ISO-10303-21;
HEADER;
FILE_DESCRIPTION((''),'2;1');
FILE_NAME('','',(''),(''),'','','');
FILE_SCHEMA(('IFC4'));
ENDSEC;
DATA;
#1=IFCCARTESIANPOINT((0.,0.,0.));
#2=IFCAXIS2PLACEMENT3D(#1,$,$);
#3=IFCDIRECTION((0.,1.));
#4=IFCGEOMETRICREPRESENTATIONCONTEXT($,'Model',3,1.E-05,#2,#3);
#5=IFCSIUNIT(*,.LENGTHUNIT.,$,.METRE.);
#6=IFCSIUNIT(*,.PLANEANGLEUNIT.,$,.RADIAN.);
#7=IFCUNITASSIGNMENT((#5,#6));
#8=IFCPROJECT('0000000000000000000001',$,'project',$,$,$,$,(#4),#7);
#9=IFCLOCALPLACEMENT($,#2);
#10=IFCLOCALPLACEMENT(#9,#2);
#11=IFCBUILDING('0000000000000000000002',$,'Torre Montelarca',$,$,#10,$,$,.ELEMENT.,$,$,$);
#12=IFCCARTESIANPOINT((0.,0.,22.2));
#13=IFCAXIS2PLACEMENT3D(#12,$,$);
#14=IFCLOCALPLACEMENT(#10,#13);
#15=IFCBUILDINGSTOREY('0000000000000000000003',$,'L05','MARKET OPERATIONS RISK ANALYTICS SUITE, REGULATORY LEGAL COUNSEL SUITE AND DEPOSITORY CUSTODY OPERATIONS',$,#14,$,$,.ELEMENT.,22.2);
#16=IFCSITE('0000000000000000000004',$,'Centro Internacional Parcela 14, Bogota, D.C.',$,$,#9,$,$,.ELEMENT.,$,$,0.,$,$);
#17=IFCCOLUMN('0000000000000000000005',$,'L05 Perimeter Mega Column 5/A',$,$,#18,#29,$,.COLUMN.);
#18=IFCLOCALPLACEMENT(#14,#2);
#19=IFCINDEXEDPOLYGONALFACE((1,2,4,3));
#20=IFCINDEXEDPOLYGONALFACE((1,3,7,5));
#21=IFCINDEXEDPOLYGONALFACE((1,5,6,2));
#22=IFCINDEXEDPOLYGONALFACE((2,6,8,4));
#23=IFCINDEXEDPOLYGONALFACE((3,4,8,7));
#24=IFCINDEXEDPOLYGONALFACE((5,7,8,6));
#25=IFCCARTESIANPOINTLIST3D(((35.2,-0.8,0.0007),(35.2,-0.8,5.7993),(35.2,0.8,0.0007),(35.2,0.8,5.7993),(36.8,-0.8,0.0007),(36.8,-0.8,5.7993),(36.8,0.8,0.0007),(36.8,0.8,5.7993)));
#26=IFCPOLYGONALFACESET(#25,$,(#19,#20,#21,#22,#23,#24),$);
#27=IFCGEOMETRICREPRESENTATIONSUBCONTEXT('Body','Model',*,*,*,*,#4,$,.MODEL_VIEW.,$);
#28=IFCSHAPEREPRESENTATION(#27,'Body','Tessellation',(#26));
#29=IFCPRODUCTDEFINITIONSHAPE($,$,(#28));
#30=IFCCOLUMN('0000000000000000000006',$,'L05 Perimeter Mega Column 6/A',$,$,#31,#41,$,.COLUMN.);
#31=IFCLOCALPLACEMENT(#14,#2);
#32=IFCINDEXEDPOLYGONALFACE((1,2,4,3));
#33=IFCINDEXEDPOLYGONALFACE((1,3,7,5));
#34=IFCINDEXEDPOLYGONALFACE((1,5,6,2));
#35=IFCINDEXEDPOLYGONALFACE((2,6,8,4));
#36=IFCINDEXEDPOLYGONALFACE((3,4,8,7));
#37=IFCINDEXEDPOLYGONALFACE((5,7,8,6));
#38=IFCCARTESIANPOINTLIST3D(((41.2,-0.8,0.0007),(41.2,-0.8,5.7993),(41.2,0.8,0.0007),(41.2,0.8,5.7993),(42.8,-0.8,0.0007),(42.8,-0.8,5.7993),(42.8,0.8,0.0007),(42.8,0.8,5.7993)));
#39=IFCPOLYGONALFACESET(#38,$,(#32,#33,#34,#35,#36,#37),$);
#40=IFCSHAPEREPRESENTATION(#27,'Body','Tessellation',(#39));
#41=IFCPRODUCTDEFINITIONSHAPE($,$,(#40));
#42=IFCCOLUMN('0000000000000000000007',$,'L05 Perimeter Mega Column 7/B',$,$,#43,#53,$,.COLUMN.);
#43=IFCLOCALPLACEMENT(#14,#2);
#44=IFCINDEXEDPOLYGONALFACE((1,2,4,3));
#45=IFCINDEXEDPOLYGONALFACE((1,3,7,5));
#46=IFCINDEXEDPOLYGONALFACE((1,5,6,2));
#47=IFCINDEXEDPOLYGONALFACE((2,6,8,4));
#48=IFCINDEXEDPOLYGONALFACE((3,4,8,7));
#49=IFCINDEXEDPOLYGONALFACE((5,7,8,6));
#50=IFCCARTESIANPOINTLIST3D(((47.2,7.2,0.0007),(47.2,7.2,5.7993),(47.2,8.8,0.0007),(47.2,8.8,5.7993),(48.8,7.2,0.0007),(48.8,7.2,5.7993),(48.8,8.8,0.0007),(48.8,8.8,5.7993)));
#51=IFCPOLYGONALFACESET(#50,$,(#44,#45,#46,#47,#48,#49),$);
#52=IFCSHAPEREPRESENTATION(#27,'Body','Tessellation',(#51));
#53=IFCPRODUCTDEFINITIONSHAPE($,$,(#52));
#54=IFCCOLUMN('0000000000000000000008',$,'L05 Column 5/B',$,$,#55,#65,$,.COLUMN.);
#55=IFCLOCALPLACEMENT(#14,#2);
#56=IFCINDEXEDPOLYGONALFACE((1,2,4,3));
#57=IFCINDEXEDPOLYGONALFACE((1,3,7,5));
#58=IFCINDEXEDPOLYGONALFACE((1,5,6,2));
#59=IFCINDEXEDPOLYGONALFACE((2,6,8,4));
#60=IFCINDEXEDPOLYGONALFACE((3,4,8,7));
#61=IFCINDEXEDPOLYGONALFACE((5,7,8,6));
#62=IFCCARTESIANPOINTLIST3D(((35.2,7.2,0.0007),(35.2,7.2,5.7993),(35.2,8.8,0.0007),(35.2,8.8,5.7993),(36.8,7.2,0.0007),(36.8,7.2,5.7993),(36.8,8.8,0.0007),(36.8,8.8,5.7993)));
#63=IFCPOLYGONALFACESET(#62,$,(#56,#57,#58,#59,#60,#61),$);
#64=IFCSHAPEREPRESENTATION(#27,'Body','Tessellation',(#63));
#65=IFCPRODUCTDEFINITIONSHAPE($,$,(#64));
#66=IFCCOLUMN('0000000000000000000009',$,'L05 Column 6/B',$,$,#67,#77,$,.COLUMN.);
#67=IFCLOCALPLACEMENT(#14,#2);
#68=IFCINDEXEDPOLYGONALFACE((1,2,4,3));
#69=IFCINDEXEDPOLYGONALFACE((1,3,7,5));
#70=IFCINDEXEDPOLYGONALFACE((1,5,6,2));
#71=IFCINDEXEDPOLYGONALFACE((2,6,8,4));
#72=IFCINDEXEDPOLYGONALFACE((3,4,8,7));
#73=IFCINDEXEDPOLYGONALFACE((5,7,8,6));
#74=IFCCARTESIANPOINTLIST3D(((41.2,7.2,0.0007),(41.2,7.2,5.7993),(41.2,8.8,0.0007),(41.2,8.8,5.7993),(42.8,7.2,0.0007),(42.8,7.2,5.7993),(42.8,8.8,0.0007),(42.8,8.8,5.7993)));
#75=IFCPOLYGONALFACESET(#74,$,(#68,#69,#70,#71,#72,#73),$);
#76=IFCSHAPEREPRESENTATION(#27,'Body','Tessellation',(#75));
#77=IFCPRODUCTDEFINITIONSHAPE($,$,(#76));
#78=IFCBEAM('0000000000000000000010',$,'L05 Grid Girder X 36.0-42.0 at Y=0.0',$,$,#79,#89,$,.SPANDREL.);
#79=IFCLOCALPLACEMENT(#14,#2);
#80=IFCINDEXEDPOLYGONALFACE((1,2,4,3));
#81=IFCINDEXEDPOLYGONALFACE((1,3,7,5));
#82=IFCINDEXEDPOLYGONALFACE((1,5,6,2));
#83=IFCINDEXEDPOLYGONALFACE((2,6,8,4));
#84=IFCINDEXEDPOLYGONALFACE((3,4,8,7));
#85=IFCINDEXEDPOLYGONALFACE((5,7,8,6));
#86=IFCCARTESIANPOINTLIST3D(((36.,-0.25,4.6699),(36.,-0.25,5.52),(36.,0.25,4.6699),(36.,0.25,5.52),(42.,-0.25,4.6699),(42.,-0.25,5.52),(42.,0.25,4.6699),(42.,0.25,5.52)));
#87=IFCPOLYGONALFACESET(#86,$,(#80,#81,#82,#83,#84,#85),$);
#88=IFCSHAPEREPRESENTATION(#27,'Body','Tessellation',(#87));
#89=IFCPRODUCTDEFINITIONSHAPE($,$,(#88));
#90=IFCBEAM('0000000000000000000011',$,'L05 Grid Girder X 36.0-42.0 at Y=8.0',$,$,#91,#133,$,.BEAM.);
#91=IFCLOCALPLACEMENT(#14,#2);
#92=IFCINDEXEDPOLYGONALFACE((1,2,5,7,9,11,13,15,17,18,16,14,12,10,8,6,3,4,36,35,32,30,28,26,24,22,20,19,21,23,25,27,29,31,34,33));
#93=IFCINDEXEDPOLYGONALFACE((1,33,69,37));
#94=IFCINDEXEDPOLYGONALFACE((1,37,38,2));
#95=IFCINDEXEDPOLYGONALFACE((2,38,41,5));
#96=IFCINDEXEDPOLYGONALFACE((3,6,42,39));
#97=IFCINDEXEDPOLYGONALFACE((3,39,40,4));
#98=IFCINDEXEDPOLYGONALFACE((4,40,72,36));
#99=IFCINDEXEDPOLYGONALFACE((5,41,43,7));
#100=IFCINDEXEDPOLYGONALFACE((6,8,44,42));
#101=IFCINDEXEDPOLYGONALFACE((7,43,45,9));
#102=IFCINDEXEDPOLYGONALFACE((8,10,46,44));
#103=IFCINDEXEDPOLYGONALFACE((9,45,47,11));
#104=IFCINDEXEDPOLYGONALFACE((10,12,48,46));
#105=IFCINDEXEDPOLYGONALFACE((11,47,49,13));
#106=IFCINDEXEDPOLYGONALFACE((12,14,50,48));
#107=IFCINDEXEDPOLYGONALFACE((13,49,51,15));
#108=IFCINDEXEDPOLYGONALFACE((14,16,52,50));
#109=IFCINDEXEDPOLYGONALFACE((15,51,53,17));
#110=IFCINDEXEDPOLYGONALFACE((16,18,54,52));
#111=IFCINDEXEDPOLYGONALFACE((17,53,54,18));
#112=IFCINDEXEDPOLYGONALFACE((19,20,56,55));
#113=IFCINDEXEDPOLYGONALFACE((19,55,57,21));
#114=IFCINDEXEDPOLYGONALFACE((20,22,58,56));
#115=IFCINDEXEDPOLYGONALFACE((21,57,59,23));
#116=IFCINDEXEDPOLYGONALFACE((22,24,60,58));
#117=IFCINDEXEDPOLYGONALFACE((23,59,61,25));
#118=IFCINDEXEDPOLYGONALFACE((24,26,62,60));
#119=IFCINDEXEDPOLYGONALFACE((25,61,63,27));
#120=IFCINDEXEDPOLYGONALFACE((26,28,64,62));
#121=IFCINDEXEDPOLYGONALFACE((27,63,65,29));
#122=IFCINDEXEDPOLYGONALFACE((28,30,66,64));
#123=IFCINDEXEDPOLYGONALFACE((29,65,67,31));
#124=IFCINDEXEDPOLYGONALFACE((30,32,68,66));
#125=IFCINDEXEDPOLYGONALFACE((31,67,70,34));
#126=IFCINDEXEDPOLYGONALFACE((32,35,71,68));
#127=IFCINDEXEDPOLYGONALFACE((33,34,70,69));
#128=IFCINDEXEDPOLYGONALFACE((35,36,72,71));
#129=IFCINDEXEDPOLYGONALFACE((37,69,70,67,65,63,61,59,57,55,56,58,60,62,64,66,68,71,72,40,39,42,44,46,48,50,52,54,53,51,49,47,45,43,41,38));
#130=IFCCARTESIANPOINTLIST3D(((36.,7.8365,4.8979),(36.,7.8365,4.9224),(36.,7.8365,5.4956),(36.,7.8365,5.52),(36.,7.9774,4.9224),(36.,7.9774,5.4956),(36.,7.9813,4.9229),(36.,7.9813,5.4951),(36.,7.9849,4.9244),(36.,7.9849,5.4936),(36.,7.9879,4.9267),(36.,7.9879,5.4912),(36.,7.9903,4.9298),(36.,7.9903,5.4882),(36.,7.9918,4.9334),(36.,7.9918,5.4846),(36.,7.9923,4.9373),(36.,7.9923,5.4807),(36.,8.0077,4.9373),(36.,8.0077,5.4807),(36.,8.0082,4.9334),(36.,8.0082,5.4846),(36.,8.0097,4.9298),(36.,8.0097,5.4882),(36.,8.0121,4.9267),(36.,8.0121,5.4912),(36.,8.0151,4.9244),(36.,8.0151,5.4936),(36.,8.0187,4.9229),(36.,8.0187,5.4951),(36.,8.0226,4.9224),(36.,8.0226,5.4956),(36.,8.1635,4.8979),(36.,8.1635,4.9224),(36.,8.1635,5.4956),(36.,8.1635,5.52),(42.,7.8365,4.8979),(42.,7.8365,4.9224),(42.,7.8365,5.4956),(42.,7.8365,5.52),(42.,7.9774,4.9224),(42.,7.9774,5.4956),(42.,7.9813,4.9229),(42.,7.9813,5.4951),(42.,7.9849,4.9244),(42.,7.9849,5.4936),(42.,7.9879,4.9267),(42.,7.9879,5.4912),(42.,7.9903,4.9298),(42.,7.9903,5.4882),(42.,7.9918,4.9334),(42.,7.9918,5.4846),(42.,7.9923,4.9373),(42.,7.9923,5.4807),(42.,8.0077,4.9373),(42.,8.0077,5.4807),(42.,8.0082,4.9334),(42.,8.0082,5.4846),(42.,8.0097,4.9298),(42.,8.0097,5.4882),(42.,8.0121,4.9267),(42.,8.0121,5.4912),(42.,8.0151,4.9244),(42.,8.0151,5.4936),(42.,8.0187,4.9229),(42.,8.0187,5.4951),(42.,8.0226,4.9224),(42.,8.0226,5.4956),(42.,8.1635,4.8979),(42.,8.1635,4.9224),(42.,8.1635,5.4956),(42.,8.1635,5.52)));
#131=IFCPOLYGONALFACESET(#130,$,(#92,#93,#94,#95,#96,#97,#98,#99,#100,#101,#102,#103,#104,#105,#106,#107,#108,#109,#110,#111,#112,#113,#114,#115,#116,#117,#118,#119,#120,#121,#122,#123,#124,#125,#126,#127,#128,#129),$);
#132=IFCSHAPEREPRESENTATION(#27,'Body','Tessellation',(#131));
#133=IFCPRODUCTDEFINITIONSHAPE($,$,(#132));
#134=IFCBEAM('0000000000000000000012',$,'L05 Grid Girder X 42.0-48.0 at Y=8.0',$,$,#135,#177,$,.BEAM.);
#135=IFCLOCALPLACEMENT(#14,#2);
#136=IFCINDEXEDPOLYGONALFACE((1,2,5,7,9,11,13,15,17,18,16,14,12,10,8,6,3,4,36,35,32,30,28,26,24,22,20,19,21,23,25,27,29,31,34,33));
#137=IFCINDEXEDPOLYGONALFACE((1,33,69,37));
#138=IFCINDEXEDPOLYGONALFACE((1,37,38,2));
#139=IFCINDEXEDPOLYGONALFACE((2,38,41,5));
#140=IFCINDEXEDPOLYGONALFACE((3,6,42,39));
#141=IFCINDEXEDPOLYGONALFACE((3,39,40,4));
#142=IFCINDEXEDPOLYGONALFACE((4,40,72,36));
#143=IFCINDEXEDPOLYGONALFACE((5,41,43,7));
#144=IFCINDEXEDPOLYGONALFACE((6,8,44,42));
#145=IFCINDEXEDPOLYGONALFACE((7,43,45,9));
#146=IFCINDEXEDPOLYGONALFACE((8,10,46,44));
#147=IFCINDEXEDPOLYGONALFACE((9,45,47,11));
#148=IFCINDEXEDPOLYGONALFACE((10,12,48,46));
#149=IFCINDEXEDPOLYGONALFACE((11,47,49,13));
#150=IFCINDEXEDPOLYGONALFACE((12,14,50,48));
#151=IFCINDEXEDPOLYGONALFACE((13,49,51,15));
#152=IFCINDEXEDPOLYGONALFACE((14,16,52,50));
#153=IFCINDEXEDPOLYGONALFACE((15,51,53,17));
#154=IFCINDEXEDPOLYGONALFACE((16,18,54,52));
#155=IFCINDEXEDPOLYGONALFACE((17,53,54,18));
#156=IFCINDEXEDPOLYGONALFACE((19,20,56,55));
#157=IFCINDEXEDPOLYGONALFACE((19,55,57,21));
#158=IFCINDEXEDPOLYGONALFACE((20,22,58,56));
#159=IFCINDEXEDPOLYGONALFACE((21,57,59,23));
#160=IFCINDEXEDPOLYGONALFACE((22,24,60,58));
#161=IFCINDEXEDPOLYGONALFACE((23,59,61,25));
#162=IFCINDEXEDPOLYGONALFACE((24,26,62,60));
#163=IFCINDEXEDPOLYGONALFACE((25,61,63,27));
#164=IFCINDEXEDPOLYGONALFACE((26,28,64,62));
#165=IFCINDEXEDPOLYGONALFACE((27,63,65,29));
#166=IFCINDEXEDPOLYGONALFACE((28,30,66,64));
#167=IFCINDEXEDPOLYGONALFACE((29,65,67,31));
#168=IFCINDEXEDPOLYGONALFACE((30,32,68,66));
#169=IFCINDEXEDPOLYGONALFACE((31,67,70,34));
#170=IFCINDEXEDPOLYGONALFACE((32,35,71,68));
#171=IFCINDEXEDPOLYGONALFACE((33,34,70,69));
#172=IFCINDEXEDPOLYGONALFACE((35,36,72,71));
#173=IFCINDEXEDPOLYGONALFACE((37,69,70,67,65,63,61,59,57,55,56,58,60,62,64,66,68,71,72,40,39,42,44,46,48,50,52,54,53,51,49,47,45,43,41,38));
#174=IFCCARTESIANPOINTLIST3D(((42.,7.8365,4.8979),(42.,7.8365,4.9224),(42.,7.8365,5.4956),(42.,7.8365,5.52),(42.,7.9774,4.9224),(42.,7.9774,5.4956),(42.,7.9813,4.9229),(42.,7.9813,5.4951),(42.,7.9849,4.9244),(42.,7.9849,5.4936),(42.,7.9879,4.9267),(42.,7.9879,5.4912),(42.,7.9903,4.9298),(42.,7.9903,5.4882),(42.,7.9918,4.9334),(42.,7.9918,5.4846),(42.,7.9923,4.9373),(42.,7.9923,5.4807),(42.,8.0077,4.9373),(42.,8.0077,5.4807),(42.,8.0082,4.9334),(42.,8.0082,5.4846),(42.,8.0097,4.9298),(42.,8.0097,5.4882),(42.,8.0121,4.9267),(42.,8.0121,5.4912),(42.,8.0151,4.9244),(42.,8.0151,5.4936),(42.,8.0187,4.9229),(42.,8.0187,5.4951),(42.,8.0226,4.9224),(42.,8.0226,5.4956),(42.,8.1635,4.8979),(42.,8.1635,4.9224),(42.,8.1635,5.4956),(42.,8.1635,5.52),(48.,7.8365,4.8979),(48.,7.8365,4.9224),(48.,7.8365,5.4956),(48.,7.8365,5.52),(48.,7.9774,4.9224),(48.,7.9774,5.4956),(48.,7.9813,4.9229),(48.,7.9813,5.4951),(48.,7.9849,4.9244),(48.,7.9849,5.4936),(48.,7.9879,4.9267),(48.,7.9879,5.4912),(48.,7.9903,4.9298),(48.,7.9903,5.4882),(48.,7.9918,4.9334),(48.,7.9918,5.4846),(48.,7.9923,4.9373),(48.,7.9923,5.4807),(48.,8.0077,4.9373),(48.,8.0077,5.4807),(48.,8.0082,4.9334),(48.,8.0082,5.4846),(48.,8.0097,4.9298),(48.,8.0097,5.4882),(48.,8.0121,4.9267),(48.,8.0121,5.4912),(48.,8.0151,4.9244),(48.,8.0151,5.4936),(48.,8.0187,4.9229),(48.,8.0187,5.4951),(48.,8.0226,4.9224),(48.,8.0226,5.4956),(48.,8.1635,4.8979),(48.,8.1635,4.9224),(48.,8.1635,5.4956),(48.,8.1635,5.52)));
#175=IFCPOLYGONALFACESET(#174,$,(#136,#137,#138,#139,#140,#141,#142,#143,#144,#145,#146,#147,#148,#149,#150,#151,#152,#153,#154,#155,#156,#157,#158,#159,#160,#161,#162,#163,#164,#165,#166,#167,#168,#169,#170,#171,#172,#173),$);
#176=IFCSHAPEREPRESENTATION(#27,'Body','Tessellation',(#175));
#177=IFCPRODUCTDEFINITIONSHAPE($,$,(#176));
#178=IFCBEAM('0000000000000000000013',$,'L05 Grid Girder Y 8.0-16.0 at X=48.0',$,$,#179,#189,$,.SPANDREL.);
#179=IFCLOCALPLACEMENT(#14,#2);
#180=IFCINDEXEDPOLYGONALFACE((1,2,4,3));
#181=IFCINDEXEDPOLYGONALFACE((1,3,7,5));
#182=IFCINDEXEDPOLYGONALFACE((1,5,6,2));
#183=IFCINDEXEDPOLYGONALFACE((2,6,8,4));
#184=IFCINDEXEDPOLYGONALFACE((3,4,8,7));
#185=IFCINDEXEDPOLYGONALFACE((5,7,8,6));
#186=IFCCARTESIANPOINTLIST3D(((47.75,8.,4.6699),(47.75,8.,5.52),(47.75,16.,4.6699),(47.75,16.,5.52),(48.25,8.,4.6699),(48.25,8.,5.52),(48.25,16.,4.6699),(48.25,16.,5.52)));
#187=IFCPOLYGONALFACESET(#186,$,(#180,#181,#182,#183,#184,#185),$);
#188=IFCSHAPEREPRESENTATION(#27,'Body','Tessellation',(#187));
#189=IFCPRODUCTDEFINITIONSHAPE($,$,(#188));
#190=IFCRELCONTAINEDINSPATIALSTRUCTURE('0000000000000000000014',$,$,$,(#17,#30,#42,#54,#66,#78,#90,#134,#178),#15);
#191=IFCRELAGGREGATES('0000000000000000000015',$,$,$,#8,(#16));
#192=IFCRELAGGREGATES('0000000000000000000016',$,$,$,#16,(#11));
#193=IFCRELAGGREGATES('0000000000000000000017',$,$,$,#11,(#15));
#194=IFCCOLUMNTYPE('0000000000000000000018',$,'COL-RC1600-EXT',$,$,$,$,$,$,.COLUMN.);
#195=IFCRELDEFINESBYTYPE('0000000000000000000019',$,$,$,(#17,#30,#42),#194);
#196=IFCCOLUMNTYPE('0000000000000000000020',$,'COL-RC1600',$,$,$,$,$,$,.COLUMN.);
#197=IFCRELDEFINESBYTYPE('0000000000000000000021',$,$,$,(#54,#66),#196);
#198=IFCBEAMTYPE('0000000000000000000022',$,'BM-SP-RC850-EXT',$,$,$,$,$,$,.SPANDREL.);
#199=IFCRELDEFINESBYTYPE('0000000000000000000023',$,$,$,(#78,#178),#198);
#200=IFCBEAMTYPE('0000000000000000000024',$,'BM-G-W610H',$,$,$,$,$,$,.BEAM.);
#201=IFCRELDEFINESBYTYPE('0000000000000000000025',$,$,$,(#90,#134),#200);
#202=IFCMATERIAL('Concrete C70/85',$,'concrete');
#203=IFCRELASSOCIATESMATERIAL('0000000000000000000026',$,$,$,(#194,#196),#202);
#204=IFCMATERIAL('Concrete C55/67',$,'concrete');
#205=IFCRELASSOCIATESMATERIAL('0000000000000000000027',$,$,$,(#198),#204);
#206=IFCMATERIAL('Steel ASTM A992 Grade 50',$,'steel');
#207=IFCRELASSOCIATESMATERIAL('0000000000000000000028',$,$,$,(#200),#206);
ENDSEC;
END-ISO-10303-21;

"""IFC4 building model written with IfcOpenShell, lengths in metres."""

from ifc_helpers import new_model, si_unit, direction, frame, origin, origin_2d, place, context, subcontext, project, spatial, rectangle, i_section, extrude, source, transform, mapped, material, material_profile, profile_set, type_object, element, save


model = new_model("IFC4")

# Units and contexts
model_context = context("Model", 3, precision=1e-05, world=origin(), true_north=direction((0.0, 1.0)))
body_context = subcontext(model_context, "Body", "Model", "MODEL_VIEW")
ifc_project = project(units=[si_unit("LENGTHUNIT", "METRE"), si_unit("PLANEANGLEUNIT", "RADIAN")], contexts=[model_context])

# Site, building, storey
site_placement = place(None, origin())
site = spatial("IfcSite", under=ifc_project, at=site_placement, Name="Centro Internacional Parcela 14, Bogota, D.C.", CompositionType="ELEMENT", RefElevation=0.0)
building_placement = place(site_placement, origin())
building = spatial("IfcBuilding", under=site, at=building_placement, Name="Torre Montelarca", CompositionType="ELEMENT")
storey_placement = place(building_placement, frame((0.0, 0.0, 22.2)))
storey = spatial("IfcBuildingStorey", under=building, at=storey_placement, Name="L05", Description="MARKET OPERATIONS RISK ANALYTICS SUITE, REGULATORY LEGAL COUNSEL SUITE AND DEPOSITORY CUSTODY OPERATIONS", CompositionType="ELEMENT", Elevation=22.2)

# Columns
ifc_material_1 = material(Name="Concrete C70/85", Category="concrete")
ifc_material_profile_1 = material_profile(ifc_material_1, rectangle(XDim=1.6001, YDim=1.6001, at=origin_2d()), Name="RC1600X1600", Category="concrete")
ifc_profile_set_1 = profile_set([ifc_material_profile_1], Name="Concrete C70/85")
column_type_1 = type_object("IfcColumnType", Name="COL-RC1600-EXT", PredefinedType="COLUMN", material=ifc_profile_set_1)
shared_shape_1 = source(origin(), body_context, "Body", "SweptSolid", [
    extrude(rectangle(XDim=1.6001, YDim=1.6001, at=origin_2d()), origin(), (0.0, 0.0, 1.0), 5.7986),
])
for number, where, z_axis, x_axis, name in (
    (1, (36.0, 0.0, 0.0007), (0.0, 0.0, 1.0), (1.0, 0.0, 0.0), "L05 Perimeter Mega Column 5/A"),
    (2, (42.0, 0.0, 0.0007), (0.0, 0.0, 1.0), (1.0, 0.0, 0.0), "L05 Perimeter Mega Column 6/A"),
    (3, (48.0, 8.0, 0.0007), (0.0, 0.0, 1.0), (1.0, 0.0, 0.0), "L05 Perimeter Mega Column 7/B"),
):
    element("IfcColumn", number, at=place(storey_placement, frame(where, z_axis=z_axis, x_axis=x_axis)), inside=storey, type_object=column_type_1, Name=name, PredefinedType="COLUMN", context=body_context, shape_type="MappedRepresentation", body=[
        mapped(shared_shape_1, transform((0.0, 0.0, 0.0), scale=1.0)),
    ])
ifc_material_profile_2 = material_profile(ifc_material_1, rectangle(XDim=1.6001, YDim=1.6001, at=origin_2d()), Name="RC1600X1600", Category="concrete")
ifc_profile_set_2 = profile_set([ifc_material_profile_2], Name="Concrete C70/85")
column_type_2 = type_object("IfcColumnType", Name="COL-RC1600", PredefinedType="COLUMN", material=ifc_profile_set_2)
shared_shape_2 = source(origin(), body_context, "Body", "SweptSolid", [
    extrude(rectangle(XDim=1.6001, YDim=1.6001, at=origin_2d()), origin(), (0.0, 0.0, 1.0), 5.7986),
])
for number, where, z_axis, x_axis, name in (
    (4, (36.0, 8.0, 0.0007), (0.0, 0.0, 1.0), (1.0, 0.0, 0.0), "L05 Column 5/B"),
    (5, (42.0, 8.0, 0.0007), (0.0, 0.0, 1.0), (1.0, 0.0, 0.0), "L05 Column 6/B"),
):
    element("IfcColumn", number, at=place(storey_placement, frame(where, z_axis=z_axis, x_axis=x_axis)), inside=storey, type_object=column_type_2, Name=name, PredefinedType="COLUMN", context=body_context, shape_type="MappedRepresentation", body=[
        mapped(shared_shape_2, transform((0.0, 0.0, 0.0), scale=1.0)),
    ])

# Beams
ifc_material_2 = material(Name="Concrete C55/67", Category="concrete")
ifc_material_profile_3 = material_profile(ifc_material_2, rectangle(XDim=0.5, YDim=0.8501, at=origin_2d()), Name="RCB500X850", Category="concrete")
ifc_profile_set_3 = profile_set([ifc_material_profile_3], Name="Concrete C55/67")
beam_type_1 = type_object("IfcBeamType", Name="BM-SP-RC850-EXT", PredefinedType="SPANDREL", material=ifc_profile_set_3)
shared_shape_3 = source(origin(), body_context, "Body", "SweptSolid", [
    extrude(rectangle(XDim=0.5, YDim=0.8501, at=origin_2d()), origin(), (0.0, 0.0, 1.0), 6.0),
])
beam_1_placement = place(storey_placement, frame((36.0, 0.0, 5.095), z_axis=(1.0, 0.0, 0.0), x_axis=(0.0, 1.0, 0.0)))
element("IfcBeam", 6, at=beam_1_placement, inside=storey, type_object=beam_type_1, Name="L05 Grid Girder X 36.0-42.0 at Y=0.0", PredefinedType="SPANDREL", context=body_context, shape_type="MappedRepresentation", body=[
    mapped(shared_shape_3, transform((0.0, 0.0, 0.0), scale=1.0)),
])
ifc_material_3 = material(Name="Steel ASTM A992 Grade 50", Category="steel")
ifc_material_profile_4 = material_profile(ifc_material_3, i_section(OverallWidth=0.3269, OverallDepth=0.6221, WebThickness=0.0154, FlangeThickness=0.0244, FilletRadius=0.0149, at=origin_2d()), Name="W610X195", Category="steel")
ifc_profile_set_4 = profile_set([ifc_material_profile_4], Name="Steel ASTM A992 Grade 50")
beam_type_2 = type_object("IfcBeamType", Name="BM-G-W610H", PredefinedType="BEAM", material=ifc_profile_set_4)
shared_shape_4 = source(origin(), body_context, "Body", "SweptSolid", [
    extrude(i_section(OverallWidth=0.3269, OverallDepth=0.6221, WebThickness=0.0154, FlangeThickness=0.0244, FilletRadius=0.0149, at=origin_2d()), origin(), (0.0, 0.0, 1.0), 6.0),
])
for number, where, z_axis, x_axis, name in (
    (7, (36.0, 8.0, 5.209), (1.0, 0.0, 0.0), (0.0, 1.0, 0.0), "L05 Grid Girder X 36.0-42.0 at Y=8.0"),
    (8, (42.0, 8.0, 5.209), (1.0, 0.0, 0.0), (0.0, 1.0, 0.0), "L05 Grid Girder X 42.0-48.0 at Y=8.0"),
):
    element("IfcBeam", number, at=place(storey_placement, frame(where, z_axis=z_axis, x_axis=x_axis)), inside=storey, type_object=beam_type_2, Name=name, PredefinedType="BEAM", context=body_context, shape_type="MappedRepresentation", body=[
        mapped(shared_shape_4, transform((0.0, 0.0, 0.0), scale=1.0)),
    ])
shared_shape_5 = source(origin(), body_context, "Body", "SweptSolid", [
    extrude(rectangle(XDim=0.5, YDim=0.8501, at=origin_2d()), origin(), (0.0, 0.0, 1.0), 8.0),
])
beam_2_placement = place(storey_placement, frame((48.0, 8.0, 5.095), z_axis=(0.0, 1.0, 0.0), x_axis=(-1.0, 0.0, 0.0)))
element("IfcBeam", 9, at=beam_2_placement, inside=storey, type_object=beam_type_1, Name="L05 Grid Girder Y 8.0-16.0 at X=48.0", PredefinedType="SPANDREL", context=body_context, shape_type="MappedRepresentation", body=[
    mapped(shared_shape_5, transform((0.0, 0.0, 0.0), scale=1.0)),
])

save(model, "model.ifc")
